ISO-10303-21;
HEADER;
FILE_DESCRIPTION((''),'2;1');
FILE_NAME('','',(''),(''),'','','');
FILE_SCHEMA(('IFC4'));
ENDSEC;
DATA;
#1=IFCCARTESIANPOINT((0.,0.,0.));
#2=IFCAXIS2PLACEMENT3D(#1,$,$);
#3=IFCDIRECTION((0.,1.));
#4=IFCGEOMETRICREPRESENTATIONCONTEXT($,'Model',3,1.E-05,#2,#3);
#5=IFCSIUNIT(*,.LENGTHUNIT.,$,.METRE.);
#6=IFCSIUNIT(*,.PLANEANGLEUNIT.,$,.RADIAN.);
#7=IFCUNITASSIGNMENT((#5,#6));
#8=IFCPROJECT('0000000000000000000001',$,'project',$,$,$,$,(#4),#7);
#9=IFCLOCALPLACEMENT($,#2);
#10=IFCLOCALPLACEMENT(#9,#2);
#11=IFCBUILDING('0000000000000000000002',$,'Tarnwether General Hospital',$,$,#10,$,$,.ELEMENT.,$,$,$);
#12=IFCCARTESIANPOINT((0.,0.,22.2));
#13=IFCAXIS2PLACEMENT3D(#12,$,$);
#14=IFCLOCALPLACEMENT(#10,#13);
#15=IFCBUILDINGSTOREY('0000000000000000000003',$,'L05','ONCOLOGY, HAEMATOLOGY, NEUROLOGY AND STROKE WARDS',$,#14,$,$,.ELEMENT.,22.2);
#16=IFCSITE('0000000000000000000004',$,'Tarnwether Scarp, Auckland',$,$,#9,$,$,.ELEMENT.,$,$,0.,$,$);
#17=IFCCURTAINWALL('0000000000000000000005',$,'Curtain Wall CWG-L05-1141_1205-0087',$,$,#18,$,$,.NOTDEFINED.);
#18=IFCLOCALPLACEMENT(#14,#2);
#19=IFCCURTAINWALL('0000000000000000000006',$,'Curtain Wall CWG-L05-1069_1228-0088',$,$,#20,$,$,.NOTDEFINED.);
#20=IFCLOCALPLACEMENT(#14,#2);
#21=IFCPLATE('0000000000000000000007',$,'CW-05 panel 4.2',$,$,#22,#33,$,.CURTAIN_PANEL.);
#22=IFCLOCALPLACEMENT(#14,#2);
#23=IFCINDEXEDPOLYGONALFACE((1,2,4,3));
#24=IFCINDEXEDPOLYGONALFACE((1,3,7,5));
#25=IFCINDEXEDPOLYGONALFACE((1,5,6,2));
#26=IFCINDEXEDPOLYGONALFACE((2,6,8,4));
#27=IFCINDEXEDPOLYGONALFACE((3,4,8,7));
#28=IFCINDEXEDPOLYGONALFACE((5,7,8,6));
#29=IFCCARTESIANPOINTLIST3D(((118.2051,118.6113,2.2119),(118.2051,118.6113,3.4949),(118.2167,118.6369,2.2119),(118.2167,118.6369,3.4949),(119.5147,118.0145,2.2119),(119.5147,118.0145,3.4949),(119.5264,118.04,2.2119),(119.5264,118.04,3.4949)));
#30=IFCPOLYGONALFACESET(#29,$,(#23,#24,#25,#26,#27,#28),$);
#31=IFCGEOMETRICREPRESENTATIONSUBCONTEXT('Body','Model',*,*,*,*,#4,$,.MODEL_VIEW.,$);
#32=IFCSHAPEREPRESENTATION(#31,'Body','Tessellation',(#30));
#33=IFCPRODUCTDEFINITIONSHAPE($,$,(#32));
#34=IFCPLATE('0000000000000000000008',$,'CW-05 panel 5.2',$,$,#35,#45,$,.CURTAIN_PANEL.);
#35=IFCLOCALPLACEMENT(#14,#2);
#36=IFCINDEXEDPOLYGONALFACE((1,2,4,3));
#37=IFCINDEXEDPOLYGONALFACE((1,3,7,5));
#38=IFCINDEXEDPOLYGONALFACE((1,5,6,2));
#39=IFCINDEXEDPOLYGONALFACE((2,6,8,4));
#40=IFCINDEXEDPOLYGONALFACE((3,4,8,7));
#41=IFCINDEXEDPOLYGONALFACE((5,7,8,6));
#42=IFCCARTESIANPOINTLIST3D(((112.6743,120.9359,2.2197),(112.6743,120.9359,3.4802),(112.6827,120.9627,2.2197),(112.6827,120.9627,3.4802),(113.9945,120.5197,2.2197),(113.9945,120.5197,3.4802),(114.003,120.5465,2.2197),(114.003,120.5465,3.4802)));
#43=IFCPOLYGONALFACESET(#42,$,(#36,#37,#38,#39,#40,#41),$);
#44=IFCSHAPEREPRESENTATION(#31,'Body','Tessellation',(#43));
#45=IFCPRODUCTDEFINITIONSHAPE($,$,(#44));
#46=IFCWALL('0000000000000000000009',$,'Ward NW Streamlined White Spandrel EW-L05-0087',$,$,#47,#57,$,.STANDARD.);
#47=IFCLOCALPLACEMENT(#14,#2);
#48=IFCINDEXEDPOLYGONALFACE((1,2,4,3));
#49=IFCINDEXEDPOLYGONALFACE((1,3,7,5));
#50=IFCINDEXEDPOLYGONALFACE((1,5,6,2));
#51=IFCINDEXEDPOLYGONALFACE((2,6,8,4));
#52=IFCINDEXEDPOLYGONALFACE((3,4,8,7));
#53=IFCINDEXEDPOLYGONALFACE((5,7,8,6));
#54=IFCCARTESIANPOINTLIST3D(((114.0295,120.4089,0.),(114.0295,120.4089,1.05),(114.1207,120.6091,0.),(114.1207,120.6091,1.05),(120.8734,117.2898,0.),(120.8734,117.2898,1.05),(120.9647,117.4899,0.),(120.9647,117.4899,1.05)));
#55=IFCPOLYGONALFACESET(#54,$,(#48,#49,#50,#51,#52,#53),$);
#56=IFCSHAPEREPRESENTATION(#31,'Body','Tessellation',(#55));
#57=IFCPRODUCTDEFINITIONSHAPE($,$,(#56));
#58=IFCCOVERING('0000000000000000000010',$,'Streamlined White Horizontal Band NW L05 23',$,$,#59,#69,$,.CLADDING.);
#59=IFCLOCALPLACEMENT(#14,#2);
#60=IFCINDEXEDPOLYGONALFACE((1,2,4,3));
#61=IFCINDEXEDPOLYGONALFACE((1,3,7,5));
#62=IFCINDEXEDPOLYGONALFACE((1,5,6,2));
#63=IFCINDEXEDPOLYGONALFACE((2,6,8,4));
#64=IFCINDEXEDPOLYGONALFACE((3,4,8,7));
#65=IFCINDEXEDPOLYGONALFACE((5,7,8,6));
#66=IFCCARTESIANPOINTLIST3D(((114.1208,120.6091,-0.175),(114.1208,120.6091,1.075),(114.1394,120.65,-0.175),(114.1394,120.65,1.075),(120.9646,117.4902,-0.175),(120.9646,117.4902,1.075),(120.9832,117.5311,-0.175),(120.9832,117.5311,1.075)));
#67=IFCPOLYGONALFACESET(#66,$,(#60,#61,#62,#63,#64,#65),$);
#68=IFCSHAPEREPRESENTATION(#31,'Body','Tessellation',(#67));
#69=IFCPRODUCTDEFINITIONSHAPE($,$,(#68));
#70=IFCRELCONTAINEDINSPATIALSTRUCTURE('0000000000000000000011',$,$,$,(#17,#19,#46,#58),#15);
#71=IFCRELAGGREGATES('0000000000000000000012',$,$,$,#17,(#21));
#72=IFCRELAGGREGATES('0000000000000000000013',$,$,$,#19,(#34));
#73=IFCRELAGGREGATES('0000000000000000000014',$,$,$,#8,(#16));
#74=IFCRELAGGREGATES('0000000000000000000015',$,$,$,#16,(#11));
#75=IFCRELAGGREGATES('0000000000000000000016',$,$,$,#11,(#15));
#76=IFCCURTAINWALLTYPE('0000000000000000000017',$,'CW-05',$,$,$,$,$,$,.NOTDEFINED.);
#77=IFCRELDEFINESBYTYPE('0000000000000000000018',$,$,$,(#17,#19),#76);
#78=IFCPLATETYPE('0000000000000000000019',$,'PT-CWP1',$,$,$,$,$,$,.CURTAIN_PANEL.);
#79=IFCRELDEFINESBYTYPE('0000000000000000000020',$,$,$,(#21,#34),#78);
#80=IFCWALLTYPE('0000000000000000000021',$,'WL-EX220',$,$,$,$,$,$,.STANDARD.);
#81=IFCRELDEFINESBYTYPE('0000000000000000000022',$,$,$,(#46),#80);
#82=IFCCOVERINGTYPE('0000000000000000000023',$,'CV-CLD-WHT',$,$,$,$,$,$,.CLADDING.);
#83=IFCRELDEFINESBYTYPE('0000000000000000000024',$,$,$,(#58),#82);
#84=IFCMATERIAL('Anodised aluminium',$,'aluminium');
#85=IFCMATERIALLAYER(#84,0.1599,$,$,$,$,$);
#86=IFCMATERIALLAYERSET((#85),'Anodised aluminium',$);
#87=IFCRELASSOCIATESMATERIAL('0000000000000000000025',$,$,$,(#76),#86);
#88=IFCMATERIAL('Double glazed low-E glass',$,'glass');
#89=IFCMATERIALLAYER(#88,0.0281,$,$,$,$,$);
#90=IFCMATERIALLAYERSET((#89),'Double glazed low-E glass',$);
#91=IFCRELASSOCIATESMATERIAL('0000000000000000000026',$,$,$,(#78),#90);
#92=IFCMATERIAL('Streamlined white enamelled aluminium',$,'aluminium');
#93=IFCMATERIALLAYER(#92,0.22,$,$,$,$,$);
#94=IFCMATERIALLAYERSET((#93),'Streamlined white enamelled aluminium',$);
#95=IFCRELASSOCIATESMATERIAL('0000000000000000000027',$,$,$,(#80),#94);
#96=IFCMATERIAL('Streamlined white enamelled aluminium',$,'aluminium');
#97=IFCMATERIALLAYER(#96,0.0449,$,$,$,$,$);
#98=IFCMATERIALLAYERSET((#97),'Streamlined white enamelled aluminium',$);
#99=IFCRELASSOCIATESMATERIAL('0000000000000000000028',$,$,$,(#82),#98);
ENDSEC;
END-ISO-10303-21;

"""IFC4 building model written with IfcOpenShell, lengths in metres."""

from ifc_helpers import new_model, si_unit, direction, frame, frame_2d, origin, origin_2d, place, context, subcontext, project, spatial, rectangle, extrude, material, layer, layer_set, type_object, element, aggregate, save


model = new_model("IFC4")

# Units and contexts
model_context = context("Model", 3, precision=1e-05, world=origin(), true_north=direction((0.0, 1.0)))
body_context = subcontext(model_context, "Body", "Model", "MODEL_VIEW")
ifc_project = project(units=[si_unit("LENGTHUNIT", "METRE"), si_unit("PLANEANGLEUNIT", "RADIAN")], contexts=[model_context])

# Site, building, storey
site_placement = place(None, origin())
site = spatial("IfcSite", under=ifc_project, at=site_placement, Name="Tarnwether Scarp, Auckland", CompositionType="ELEMENT", RefElevation=0.0)
building_placement = place(site_placement, origin())
building = spatial("IfcBuilding", under=site, at=building_placement, Name="Tarnwether General Hospital", CompositionType="ELEMENT")
storey_placement = place(building_placement, frame((0.0, 0.0, 22.2)))
storey = spatial("IfcBuildingStorey", under=building, at=storey_placement, Name="L05", Description="ONCOLOGY, HAEMATOLOGY, NEUROLOGY AND STROKE WARDS", CompositionType="ELEMENT", Elevation=22.2)

# Curtain wall
ifc_material_1 = material(Name="Anodised aluminium", Category="aluminium")
ifc_layer_1 = layer(ifc_material_1, 0.1599)
ifc_layer_set_1 = layer_set([ifc_layer_1], Name="Anodised aluminium")
curtain_wall_type = type_object("IfcCurtainWallType", Name="CW-05", PredefinedType="NOTDEFINED", material=ifc_layer_set_1)
curtain_wall_1_placement = place(storey_placement, origin())
curtain_wall_1 = element("IfcCurtainWall", 1, at=curtain_wall_1_placement, inside=storey, type_object=curtain_wall_type, Name="Curtain Wall CWG-L05-1141_1205-0087", PredefinedType="NOTDEFINED")

# Curtain wall
curtain_wall_2_placement = place(storey_placement, origin())
curtain_wall_2 = element("IfcCurtainWall", 2, at=curtain_wall_2_placement, inside=storey, type_object=curtain_wall_type, Name="Curtain Wall CWG-L05-1069_1228-0088", PredefinedType="NOTDEFINED")

# Plates
ifc_material_2 = material(Name="Double glazed low-E glass", Category="glass")
ifc_layer_2 = layer(ifc_material_2, 0.0281)
ifc_layer_set_2 = layer_set([ifc_layer_2], Name="Double glazed low-E glass")
plate_type = type_object("IfcPlateType", Name="PT-CWP1", PredefinedType="CURTAIN_PANEL", material=ifc_layer_set_2)
plate_1_placement = place(storey_placement, frame((118.8657, 118.3257, 2.2119), z_axis=(0.0, 0.0, 1.0), x_axis=(0.909961, -0.414694, 0.0)))
plate_1 = element("IfcPlate", 3, at=plate_1_placement, type_object=plate_type, Name="CW-05 panel 4.2", PredefinedType="CURTAIN_PANEL", context=body_context, shape_type="SweptSolid", body=[
    extrude(rectangle(XDim=1.4392, YDim=0.0281, at=origin_2d()), origin(), (0.0, 0.0, 1.0), 1.283),
])
aggregate(curtain_wall_1, [plate_1])
plate_2_placement = place(storey_placement, frame((113.3386, 120.7412, 2.2197), z_axis=(0.0, 0.0, 1.0), x_axis=(0.953741, -0.300629, 0.0)))
plate_2 = element("IfcPlate", 4, at=plate_2_placement, type_object=plate_type, Name="CW-05 panel 5.2", PredefinedType="CURTAIN_PANEL", context=body_context, shape_type="SweptSolid", body=[
    extrude(rectangle(XDim=1.3843, YDim=0.0281, at=origin_2d()), origin(), (0.0, 0.0, 1.0), 1.2605),
])
aggregate(curtain_wall_2, [plate_2])

# Wall
ifc_material_3 = material(Name="Streamlined white enamelled aluminium", Category="aluminium")
ifc_layer_3 = layer(ifc_material_3, 0.22)
ifc_layer_set_3 = layer_set([ifc_layer_3], Name="Streamlined white enamelled aluminium")
wall_type = type_object("IfcWallType", Name="WL-EX220", PredefinedType="STANDARD", material=ifc_layer_set_3)
wall_placement = place(storey_placement, frame((114.075, 120.509, 0.0), z_axis=(0.0, 0.0, 1.0), x_axis=(0.909954, -0.41471, 0.0)))
element("IfcWall", 5, at=wall_placement, inside=storey, type_object=wall_type, Name="Ward NW Streamlined White Spandrel EW-L05-0087", PredefinedType="STANDARD", context=body_context, shape_type="SweptSolid", body=[
    extrude(rectangle(XDim=7.5212, YDim=0.22, at=frame_2d((3.7607, 0.0))), origin(), (0.0, 0.0, 1.0), 1.05),
])

# Covering
ifc_material_4 = material(Name="Streamlined white enamelled aluminium", Category="aluminium")
ifc_layer_4 = layer(ifc_material_4, 0.0449)
ifc_layer_set_4 = layer_set([ifc_layer_4], Name="Streamlined white enamelled aluminium")
covering_type = type_object("IfcCoveringType", Name="CV-CLD-WHT", PredefinedType="CLADDING", material=ifc_layer_set_4)
covering_placement = place(storey_placement, frame((117.552, 119.0701, -0.175), z_axis=(0.0, 0.0, 1.0), x_axis=(0.909961, -0.414693, 0.0)))
element("IfcCovering", 6, at=covering_placement, inside=storey, type_object=covering_type, Name="Streamlined White Horizontal Band NW L05 23", PredefinedType="CLADDING", context=body_context, shape_type="SweptSolid", body=[
    extrude(rectangle(XDim=7.521, YDim=0.0449, at=origin_2d()), origin(), (0.0, 0.0, 1.0), 1.25),
])

save(model, "model.ifc")
